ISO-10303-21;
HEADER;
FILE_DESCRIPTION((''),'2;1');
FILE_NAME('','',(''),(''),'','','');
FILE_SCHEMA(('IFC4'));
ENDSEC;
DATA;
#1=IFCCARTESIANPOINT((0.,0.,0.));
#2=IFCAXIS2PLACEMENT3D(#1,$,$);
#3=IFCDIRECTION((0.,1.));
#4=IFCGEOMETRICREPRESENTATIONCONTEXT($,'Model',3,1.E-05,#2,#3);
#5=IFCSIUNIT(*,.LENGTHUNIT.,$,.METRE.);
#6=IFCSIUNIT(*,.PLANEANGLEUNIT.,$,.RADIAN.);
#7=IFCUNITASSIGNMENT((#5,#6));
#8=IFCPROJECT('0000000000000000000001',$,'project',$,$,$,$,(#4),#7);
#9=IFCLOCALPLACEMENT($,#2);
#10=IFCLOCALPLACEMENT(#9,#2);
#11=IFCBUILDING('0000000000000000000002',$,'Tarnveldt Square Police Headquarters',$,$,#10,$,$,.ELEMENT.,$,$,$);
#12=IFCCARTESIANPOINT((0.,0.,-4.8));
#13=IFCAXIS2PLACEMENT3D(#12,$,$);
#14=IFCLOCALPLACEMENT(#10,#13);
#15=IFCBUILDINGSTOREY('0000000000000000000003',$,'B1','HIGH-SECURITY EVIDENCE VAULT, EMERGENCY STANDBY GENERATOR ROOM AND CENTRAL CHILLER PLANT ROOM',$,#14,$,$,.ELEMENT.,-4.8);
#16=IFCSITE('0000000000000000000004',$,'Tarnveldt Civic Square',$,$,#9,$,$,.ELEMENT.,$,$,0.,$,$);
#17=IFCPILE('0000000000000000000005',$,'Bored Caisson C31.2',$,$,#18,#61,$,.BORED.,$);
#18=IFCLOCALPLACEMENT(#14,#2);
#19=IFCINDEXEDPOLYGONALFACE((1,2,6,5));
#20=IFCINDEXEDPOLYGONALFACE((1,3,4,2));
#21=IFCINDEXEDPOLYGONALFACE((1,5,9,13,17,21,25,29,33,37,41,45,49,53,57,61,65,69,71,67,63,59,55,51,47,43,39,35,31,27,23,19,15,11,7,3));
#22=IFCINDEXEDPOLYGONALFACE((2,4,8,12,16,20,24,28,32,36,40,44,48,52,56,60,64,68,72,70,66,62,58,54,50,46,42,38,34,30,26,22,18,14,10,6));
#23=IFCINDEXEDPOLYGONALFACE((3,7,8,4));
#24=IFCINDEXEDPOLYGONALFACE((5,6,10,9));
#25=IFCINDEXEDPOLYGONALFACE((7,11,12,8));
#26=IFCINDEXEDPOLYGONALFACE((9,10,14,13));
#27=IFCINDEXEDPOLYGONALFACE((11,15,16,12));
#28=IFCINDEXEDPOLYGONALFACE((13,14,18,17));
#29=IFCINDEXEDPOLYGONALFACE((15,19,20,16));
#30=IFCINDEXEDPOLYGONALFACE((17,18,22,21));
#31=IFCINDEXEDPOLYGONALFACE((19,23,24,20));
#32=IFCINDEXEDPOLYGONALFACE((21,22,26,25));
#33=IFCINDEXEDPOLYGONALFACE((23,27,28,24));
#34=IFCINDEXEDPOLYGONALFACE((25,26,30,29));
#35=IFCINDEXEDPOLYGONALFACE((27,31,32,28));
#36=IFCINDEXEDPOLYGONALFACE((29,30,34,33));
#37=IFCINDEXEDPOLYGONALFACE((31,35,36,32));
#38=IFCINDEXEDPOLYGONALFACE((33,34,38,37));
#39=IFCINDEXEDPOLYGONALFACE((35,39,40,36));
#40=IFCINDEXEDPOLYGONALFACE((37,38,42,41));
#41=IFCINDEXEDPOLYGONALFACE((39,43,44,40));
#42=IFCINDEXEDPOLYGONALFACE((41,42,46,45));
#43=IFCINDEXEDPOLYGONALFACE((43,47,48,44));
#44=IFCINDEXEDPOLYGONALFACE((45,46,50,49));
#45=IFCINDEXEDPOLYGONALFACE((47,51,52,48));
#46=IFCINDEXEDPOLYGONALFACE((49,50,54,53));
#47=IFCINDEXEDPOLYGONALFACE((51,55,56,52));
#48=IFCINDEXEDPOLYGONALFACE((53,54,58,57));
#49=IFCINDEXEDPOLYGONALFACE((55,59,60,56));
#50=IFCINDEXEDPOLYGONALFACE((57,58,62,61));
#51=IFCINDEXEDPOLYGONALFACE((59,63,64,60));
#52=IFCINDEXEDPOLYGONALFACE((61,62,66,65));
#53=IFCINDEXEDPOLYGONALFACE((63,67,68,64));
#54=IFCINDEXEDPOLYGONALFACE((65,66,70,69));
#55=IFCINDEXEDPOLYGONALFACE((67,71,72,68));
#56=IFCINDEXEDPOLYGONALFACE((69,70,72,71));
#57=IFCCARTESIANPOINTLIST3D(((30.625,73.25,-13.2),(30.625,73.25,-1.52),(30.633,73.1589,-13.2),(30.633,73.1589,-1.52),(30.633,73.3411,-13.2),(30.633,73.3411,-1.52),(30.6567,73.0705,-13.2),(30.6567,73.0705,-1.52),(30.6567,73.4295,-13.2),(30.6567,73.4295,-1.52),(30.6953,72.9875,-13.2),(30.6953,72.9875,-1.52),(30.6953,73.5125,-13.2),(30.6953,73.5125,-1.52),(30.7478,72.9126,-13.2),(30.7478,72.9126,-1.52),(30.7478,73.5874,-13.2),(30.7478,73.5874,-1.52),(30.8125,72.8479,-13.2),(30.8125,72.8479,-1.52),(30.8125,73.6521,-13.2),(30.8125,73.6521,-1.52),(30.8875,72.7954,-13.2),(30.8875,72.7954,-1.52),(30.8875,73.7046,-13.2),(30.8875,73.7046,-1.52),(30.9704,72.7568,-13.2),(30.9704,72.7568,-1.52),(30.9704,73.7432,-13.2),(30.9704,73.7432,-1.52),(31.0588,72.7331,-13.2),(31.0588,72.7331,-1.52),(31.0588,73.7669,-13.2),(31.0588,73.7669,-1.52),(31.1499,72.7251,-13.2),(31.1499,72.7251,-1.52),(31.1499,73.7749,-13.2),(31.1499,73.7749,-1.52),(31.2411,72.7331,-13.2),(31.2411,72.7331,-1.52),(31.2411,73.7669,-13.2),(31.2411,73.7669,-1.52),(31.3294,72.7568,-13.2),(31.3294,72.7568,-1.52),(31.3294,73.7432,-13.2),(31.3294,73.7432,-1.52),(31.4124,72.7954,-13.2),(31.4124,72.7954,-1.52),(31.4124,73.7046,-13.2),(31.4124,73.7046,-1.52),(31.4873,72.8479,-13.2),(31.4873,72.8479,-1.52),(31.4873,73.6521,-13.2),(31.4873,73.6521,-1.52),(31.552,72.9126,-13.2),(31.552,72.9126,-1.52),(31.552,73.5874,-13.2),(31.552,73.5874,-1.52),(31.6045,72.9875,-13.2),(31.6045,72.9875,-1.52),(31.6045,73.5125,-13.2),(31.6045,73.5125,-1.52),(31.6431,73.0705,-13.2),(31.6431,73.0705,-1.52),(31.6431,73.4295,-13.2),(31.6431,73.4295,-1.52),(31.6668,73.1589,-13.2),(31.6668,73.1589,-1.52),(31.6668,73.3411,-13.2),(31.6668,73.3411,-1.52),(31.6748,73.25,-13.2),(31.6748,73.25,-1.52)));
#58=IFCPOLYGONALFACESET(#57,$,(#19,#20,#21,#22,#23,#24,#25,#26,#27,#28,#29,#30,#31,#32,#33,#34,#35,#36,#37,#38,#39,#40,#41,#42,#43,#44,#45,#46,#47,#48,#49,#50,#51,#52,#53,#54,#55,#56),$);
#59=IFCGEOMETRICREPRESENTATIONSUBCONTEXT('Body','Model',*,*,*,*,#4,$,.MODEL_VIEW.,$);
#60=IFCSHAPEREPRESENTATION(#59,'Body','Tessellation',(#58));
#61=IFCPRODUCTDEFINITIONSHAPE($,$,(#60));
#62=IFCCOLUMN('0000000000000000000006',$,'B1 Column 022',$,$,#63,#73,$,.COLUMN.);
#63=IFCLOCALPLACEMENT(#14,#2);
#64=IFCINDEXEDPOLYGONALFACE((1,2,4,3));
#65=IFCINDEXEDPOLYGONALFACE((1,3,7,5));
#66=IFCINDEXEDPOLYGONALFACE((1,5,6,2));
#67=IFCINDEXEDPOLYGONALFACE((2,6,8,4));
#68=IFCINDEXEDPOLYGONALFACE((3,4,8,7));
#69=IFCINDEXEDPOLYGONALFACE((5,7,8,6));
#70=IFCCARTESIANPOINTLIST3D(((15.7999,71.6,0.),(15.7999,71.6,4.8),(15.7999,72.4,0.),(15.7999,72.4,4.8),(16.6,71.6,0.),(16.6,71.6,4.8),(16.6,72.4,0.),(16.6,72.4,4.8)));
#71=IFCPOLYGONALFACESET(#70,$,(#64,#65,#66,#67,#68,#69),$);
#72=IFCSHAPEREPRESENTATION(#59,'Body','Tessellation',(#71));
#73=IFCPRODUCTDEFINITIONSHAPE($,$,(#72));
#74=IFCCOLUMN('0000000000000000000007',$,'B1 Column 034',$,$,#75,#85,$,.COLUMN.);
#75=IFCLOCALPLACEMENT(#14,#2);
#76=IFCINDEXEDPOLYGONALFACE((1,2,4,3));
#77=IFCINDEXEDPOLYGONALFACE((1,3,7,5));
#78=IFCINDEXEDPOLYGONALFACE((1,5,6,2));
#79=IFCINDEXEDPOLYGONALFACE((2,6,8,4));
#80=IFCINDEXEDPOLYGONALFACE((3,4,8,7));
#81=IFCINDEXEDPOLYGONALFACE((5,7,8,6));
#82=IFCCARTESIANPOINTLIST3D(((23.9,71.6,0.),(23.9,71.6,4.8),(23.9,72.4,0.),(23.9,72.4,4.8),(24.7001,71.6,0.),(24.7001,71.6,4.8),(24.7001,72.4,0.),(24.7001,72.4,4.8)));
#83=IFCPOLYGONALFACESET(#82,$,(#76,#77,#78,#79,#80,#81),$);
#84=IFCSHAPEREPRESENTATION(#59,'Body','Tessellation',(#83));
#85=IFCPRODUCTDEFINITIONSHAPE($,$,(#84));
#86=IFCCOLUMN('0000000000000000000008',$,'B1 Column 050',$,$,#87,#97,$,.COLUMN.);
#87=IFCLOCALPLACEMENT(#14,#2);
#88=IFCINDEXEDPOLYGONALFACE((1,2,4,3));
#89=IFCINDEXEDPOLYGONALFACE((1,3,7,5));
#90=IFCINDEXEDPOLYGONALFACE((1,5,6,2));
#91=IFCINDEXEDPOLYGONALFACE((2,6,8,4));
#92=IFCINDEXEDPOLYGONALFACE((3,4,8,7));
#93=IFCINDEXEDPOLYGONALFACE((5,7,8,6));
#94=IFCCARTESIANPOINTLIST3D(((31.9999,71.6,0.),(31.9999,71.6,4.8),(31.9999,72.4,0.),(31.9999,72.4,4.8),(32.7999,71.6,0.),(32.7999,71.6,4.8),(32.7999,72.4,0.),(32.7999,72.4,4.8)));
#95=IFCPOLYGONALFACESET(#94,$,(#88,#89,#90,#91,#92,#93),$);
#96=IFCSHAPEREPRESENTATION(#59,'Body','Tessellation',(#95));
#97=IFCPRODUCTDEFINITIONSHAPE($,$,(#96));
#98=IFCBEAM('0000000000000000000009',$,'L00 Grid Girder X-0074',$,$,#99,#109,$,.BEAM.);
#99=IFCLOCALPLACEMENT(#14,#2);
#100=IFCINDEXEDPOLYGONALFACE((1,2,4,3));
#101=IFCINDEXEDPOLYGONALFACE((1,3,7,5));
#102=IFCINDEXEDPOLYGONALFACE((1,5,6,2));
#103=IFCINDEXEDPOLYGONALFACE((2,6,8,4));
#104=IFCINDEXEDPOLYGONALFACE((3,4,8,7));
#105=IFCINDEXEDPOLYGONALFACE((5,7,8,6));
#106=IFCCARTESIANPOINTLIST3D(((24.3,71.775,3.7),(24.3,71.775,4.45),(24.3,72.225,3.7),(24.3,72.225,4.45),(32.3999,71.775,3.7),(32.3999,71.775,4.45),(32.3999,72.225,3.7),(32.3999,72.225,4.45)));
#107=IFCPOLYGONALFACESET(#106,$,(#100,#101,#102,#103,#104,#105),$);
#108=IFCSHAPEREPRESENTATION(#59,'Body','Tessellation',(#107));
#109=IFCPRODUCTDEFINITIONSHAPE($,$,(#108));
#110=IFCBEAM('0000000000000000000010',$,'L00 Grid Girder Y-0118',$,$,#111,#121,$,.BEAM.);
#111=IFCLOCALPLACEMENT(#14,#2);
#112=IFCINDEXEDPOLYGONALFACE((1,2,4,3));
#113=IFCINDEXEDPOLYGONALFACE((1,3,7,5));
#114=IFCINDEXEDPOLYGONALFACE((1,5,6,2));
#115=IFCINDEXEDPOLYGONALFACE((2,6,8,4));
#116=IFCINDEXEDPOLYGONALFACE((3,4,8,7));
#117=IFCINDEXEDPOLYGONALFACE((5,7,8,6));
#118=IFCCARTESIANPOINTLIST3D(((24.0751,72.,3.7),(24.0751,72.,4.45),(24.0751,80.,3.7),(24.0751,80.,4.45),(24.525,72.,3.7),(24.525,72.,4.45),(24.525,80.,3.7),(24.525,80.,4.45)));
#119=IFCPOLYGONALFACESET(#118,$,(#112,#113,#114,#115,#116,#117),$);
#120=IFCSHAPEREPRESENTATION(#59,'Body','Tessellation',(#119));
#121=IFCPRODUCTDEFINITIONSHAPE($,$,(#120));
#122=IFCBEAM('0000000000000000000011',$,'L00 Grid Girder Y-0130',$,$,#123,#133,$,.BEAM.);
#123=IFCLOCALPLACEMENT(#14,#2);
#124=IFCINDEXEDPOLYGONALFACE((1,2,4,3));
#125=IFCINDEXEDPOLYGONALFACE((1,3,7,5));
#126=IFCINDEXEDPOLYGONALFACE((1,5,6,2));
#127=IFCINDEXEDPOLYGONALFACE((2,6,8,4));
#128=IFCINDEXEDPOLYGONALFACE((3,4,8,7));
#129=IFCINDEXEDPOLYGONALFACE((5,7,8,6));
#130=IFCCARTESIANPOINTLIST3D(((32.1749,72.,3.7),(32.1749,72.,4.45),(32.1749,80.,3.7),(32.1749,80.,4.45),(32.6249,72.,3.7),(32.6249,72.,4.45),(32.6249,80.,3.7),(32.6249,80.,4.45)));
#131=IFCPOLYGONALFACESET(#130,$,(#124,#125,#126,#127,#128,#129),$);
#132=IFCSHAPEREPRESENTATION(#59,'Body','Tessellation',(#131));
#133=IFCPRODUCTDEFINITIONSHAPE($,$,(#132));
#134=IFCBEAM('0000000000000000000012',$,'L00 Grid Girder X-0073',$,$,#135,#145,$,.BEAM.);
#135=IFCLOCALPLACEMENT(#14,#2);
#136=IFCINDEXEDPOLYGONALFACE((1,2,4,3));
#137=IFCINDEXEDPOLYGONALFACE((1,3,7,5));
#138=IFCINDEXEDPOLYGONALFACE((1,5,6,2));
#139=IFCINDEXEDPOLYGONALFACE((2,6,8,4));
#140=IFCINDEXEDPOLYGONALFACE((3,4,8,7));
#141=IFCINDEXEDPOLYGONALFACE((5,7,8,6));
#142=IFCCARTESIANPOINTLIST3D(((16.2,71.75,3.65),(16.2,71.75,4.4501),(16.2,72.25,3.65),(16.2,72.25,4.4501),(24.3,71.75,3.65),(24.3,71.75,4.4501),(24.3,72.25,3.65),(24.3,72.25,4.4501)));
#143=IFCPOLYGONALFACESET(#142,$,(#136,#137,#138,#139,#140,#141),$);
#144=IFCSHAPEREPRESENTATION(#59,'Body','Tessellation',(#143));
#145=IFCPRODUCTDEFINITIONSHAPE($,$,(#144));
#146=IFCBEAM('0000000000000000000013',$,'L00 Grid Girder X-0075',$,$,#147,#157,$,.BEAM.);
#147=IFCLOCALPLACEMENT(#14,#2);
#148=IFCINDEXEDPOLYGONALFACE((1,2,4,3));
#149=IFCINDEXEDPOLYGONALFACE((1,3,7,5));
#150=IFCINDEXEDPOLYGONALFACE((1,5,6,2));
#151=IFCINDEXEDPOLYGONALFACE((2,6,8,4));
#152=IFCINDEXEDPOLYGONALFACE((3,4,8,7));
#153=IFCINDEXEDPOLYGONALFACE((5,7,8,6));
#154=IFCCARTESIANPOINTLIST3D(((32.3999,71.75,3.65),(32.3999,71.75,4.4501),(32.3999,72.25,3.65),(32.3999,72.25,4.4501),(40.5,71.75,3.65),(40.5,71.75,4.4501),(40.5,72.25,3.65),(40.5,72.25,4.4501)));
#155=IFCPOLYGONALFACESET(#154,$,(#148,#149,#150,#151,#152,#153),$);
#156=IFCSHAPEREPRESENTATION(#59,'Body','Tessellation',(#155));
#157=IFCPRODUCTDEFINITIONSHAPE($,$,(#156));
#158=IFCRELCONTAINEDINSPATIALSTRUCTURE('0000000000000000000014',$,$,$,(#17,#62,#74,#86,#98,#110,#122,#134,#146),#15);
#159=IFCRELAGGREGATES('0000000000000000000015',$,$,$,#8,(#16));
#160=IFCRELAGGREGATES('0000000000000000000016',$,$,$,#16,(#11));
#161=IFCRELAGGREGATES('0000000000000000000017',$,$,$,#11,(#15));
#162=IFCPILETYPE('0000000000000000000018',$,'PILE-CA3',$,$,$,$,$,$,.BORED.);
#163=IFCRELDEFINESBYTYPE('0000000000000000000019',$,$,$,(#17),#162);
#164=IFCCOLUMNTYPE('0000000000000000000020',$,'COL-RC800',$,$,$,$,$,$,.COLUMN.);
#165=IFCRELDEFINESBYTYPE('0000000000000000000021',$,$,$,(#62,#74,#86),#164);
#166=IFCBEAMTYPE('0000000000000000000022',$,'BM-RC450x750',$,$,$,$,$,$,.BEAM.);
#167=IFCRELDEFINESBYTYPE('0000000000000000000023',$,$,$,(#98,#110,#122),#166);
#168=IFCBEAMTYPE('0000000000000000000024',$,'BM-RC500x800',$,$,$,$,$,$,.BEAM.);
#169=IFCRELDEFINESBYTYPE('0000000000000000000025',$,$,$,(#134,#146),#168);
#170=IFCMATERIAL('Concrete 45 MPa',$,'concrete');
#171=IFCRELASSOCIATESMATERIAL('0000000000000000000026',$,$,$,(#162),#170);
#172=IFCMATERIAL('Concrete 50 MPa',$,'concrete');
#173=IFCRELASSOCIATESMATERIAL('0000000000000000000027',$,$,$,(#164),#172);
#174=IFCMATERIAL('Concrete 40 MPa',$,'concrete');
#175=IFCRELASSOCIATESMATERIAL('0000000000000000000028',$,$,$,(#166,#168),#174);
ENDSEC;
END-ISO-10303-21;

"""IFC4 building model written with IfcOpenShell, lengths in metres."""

from ifc_helpers import new_model, si_unit, direction, frame, origin, origin_2d, place, context, subcontext, project, spatial, rectangle, circle, extrude, material, material_profile, profile_set, type_object, element, save


model = new_model("IFC4")

# Units and contexts
model_context = context("Model", 3, precision=1e-05, world=origin(), true_north=direction((0.0, 1.0)))
body_context = subcontext(model_context, "Body", "Model", "MODEL_VIEW")
ifc_project = project(units=[si_unit("LENGTHUNIT", "METRE"), si_unit("PLANEANGLEUNIT", "RADIAN")], contexts=[model_context])

# Site, building, storey
site_placement = place(None, origin())
site = spatial("IfcSite", under=ifc_project, at=site_placement, Name="Tarnveldt Civic Square", CompositionType="ELEMENT", RefElevation=0.0)
building_placement = place(site_placement, origin())
building = spatial("IfcBuilding", under=site, at=building_placement, Name="Tarnveldt Square Police Headquarters", CompositionType="ELEMENT")
storey_placement = place(building_placement, frame((0.0, 0.0, -4.8)))
storey = spatial("IfcBuildingStorey", under=building, at=storey_placement, Name="B1", Description="HIGH-SECURITY EVIDENCE VAULT, EMERGENCY STANDBY GENERATOR ROOM AND CENTRAL CHILLER PLANT ROOM", CompositionType="ELEMENT", Elevation=-4.8)

# Shared definitions
ifc_material_1 = material(Name="Concrete 45 MPa", Category="concrete")

# Pile
ifc_material_profile_1 = material_profile(ifc_material_1, circle(Radius=0.5249, at=origin_2d()), Name="CAISSON-D1050")
ifc_profile_set_1 = profile_set([ifc_material_profile_1], Name="Concrete 45 MPa")
pile_type = type_object("IfcPileType", Name="PILE-CA3", PredefinedType="BORED", material=ifc_profile_set_1)
for number, where, z_axis, x_axis, name in (
    (1, (31.1499, 73.25, -1.52), (0.0, 0.0, -1.0), (1.0, 0.0, 0.0), "Bored Caisson C31.2"),
):
    element("IfcPile", number, at=place(storey_placement, frame(where, z_axis=z_axis, x_axis=x_axis)), inside=storey, type_object=pile_type, Name=name, PredefinedType="BORED", context=body_context, shape_type="SweptSolid", body=[
        extrude(circle(Radius=0.5249, at=origin_2d()), origin(), (0.0, 0.0, 1.0), 11.6799),
    ])

# Columns
ifc_material_2 = material(Name="Concrete 50 MPa", Category="concrete")
ifc_material_profile_2 = material_profile(ifc_material_2, rectangle(XDim=0.8, YDim=0.8, at=origin_2d()), Name="RC-C800x800")
ifc_profile_set_2 = profile_set([ifc_material_profile_2], Name="Concrete 50 MPa")
column_type = type_object("IfcColumnType", Name="COL-RC800", PredefinedType="COLUMN", material=ifc_profile_set_2)
for number, where, z_axis, x_axis, name in (
    (2, (16.2, 72.0, 0.0), (0.0, 0.0, 1.0), (1.0, 0.0, 0.0), "B1 Column 022"),
    (3, (24.3, 72.0, 0.0), (0.0, 0.0, 1.0), (1.0, 0.0, 0.0), "B1 Column 034"),
    (4, (32.3999, 72.0, 0.0), (0.0, 0.0, 1.0), (1.0, 0.0, 0.0), "B1 Column 050"),
):
    element("IfcColumn", number, at=place(storey_placement, frame(where, z_axis=z_axis, x_axis=x_axis)), inside=storey, type_object=column_type, Name=name, PredefinedType="COLUMN", context=body_context, shape_type="SweptSolid", body=[
        extrude(rectangle(XDim=0.8, YDim=0.8, at=origin_2d()), origin(), (0.0, 0.0, 1.0), 4.8),
    ])

# Beams
ifc_material_3 = material(Name="Concrete 40 MPa", Category="concrete")
ifc_material_profile_3 = material_profile(ifc_material_3, rectangle(XDim=0.45, YDim=0.75, at=origin_2d()), Name="RC-B450x750")
ifc_profile_set_3 = profile_set([ifc_material_profile_3], Name="Concrete 40 MPa")
beam_type_1 = type_object("IfcBeamType", Name="BM-RC450x750", PredefinedType="BEAM", material=ifc_profile_set_3)
beam_1_placement = place(storey_placement, frame((24.3, 72.0, 4.075), z_axis=(1.0, 0.0, 0.0), x_axis=(0.0, 1.0, 0.0)))
element("IfcBeam", 5, at=beam_1_placement, inside=storey, type_object=beam_type_1, Name="L00 Grid Girder X-0074", PredefinedType="BEAM", context=body_context, shape_type="SweptSolid", body=[
    extrude(rectangle(XDim=0.45, YDim=0.75, at=origin_2d()), origin(), (0.0, 0.0, 1.0), 8.0999),
])
for number, where, z_axis, x_axis, name in (
    (6, (24.3, 72.0, 4.075), (0.0, 1.0, 0.0), (-1.0, 0.0, 0.0), "L00 Grid Girder Y-0118"),
    (7, (32.3999, 72.0, 4.075), (0.0, 1.0, 0.0), (-1.0, 0.0, 0.0), "L00 Grid Girder Y-0130"),
):
    element("IfcBeam", number, at=place(storey_placement, frame(where, z_axis=z_axis, x_axis=x_axis)), inside=storey, type_object=beam_type_1, Name=name, PredefinedType="BEAM", context=body_context, shape_type="SweptSolid", body=[
        extrude(rectangle(XDim=0.45, YDim=0.75, at=origin_2d()), origin(), (0.0, 0.0, 1.0), 8.0),
    ])
ifc_material_profile_4 = material_profile(ifc_material_3, rectangle(XDim=0.5, YDim=0.8, at=origin_2d()), Name="RC-B500x800")
ifc_profile_set_4 = profile_set([ifc_material_profile_4], Name="Concrete 40 MPa")
beam_type_2 = type_object("IfcBeamType", Name="BM-RC500x800", PredefinedType="BEAM", material=ifc_profile_set_4)
for number, where, z_axis, x_axis, name in (
    (8, (16.2, 72.0, 4.05), (1.0, 0.0, 0.0), (0.0, 1.0, 0.0), "L00 Grid Girder X-0073"),
    (9, (32.3999, 72.0, 4.05), (1.0, 0.0, 0.0), (0.0, 1.0, 0.0), "L00 Grid Girder X-0075"),
):
    element("IfcBeam", number, at=place(storey_placement, frame(where, z_axis=z_axis, x_axis=x_axis)), inside=storey, type_object=beam_type_2, Name=name, PredefinedType="BEAM", context=body_context, shape_type="SweptSolid", body=[
        extrude(rectangle(XDim=0.5, YDim=0.8, at=origin_2d()), origin(), (0.0, 0.0, 1.0), 8.1001),
    ])

save(model, "model.ifc")
